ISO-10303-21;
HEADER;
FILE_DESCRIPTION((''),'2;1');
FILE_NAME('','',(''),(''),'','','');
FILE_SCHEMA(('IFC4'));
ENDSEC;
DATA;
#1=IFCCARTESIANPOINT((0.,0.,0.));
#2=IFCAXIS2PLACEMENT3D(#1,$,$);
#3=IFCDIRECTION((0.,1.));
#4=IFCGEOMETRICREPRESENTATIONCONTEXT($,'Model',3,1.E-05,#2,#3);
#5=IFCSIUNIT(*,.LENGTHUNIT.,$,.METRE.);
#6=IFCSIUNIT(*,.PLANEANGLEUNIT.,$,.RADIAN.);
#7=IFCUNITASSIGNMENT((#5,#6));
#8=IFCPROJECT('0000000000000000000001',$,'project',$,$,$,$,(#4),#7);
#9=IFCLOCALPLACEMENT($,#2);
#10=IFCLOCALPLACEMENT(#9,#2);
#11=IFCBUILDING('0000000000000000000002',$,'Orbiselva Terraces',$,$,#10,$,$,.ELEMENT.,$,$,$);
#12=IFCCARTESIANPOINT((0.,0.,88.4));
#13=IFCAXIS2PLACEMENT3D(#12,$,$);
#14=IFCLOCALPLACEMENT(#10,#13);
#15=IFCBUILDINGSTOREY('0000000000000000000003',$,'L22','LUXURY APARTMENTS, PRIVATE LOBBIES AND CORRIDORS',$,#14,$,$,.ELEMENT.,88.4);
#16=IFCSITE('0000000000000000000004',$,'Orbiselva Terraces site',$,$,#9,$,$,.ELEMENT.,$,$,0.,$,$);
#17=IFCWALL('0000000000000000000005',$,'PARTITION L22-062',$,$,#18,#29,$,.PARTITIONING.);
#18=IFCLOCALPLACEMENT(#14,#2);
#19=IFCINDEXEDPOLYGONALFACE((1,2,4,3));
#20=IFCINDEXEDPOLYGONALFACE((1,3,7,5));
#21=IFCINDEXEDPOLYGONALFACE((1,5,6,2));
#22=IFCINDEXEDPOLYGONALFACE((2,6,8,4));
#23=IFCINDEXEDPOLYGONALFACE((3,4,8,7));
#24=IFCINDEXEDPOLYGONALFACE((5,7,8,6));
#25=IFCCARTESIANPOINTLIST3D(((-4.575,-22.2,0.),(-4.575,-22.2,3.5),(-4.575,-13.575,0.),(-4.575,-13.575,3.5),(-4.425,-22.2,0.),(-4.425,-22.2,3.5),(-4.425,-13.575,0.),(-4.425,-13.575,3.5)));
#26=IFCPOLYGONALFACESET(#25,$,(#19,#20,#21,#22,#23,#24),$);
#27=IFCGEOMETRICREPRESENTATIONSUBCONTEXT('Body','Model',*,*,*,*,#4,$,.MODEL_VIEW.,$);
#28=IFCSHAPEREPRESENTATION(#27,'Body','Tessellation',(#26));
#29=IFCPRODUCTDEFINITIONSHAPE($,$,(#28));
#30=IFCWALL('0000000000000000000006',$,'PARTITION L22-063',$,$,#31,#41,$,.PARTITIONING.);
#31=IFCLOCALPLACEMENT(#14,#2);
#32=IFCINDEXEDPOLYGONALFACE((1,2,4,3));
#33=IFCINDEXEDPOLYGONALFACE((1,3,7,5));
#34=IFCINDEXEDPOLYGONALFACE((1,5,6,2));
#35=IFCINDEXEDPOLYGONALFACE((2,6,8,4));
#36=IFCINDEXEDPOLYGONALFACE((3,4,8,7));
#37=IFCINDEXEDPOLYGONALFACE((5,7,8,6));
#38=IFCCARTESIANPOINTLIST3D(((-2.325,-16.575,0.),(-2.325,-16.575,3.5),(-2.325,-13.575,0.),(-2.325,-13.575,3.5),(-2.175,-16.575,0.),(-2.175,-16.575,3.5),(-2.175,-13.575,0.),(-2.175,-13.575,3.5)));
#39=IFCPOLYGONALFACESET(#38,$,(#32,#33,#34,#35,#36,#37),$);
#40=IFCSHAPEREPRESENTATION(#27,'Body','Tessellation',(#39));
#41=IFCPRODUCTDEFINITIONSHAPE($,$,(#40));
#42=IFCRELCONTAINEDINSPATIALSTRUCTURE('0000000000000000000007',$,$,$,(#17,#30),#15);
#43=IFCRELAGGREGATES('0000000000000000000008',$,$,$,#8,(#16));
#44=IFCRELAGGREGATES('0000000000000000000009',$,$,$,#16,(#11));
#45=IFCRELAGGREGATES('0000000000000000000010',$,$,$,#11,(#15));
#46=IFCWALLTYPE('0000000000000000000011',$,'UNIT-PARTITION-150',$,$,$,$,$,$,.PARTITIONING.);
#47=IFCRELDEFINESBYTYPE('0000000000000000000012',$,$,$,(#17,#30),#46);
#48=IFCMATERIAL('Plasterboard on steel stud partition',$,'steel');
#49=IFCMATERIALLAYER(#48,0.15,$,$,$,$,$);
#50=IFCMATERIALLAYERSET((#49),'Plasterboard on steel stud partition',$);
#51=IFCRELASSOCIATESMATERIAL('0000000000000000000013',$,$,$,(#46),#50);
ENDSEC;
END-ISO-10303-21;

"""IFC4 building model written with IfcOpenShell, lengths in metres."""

from ifc_helpers import new_model, si_unit, direction, frame, frame_2d, origin, place, context, subcontext, project, spatial, rectangle, extrude, material, layer, layer_set, type_object, element, save


model = new_model("IFC4")

# Units and contexts
model_context = context("Model", 3, precision=1e-05, world=origin(), true_north=direction((0.0, 1.0)))
body_context = subcontext(model_context, "Body", "Model", "MODEL_VIEW")
ifc_project = project(units=[si_unit("LENGTHUNIT", "METRE"), si_unit("PLANEANGLEUNIT", "RADIAN")], contexts=[model_context])

# Site, building, storey
site_placement = place(None, origin())
site = spatial("IfcSite", under=ifc_project, at=site_placement, Name="Orbiselva Terraces site", CompositionType="ELEMENT", RefElevation=0.0)
building_placement = place(site_placement, origin())
building = spatial("IfcBuilding", under=site, at=building_placement, Name="Orbiselva Terraces", CompositionType="ELEMENT")
storey_placement = place(building_placement, frame((0.0, 0.0, 88.4)))
storey = spatial("IfcBuildingStorey", under=building, at=storey_placement, Name="L22", Description="LUXURY APARTMENTS, PRIVATE LOBBIES AND CORRIDORS", CompositionType="ELEMENT", Elevation=88.4)

# Shared definitions
ifc_material_1 = material(Name="Plasterboard on steel stud partition", Category="steel")
ifc_layer_1 = layer(ifc_material_1, 0.15)
ifc_layer_set_1 = layer_set([ifc_layer_1], Name="Plasterboard on steel stud partition")
wall_type_1 = type_object("IfcWallType", Name="UNIT-PARTITION-150", PredefinedType="PARTITIONING", material=ifc_layer_set_1)

# Walls
wall_1_placement = place(storey_placement, frame((-4.5, -22.2, 0.0), z_axis=(0.0, 0.0, 1.0), x_axis=(0.0, 1.0, 0.0)))
element("IfcWall", 1, at=wall_1_placement, inside=storey, type_object=wall_type_1, Name="PARTITION L22-062", PredefinedType="PARTITIONING", context=body_context, shape_type="SweptSolid", body=[
    extrude(rectangle(XDim=8.625, YDim=0.15, at=frame_2d((4.3125, 0.0))), origin(), (0.0, 0.0, 1.0), 3.5),
])
wall_2_placement = place(storey_placement, frame((-2.25, -16.575, 0.0), z_axis=(0.0, 0.0, 1.0), x_axis=(0.0, 1.0, 0.0)))
element("IfcWall", 2, at=wall_2_placement, inside=storey, type_object=wall_type_1, Name="PARTITION L22-063", PredefinedType="PARTITIONING", context=body_context, shape_type="SweptSolid", body=[
    extrude(rectangle(XDim=3.0, YDim=0.15, at=frame_2d((1.5, 0.0))), origin(), (0.0, 0.0, 1.0), 3.5),
])

save(model, "model.ifc")
